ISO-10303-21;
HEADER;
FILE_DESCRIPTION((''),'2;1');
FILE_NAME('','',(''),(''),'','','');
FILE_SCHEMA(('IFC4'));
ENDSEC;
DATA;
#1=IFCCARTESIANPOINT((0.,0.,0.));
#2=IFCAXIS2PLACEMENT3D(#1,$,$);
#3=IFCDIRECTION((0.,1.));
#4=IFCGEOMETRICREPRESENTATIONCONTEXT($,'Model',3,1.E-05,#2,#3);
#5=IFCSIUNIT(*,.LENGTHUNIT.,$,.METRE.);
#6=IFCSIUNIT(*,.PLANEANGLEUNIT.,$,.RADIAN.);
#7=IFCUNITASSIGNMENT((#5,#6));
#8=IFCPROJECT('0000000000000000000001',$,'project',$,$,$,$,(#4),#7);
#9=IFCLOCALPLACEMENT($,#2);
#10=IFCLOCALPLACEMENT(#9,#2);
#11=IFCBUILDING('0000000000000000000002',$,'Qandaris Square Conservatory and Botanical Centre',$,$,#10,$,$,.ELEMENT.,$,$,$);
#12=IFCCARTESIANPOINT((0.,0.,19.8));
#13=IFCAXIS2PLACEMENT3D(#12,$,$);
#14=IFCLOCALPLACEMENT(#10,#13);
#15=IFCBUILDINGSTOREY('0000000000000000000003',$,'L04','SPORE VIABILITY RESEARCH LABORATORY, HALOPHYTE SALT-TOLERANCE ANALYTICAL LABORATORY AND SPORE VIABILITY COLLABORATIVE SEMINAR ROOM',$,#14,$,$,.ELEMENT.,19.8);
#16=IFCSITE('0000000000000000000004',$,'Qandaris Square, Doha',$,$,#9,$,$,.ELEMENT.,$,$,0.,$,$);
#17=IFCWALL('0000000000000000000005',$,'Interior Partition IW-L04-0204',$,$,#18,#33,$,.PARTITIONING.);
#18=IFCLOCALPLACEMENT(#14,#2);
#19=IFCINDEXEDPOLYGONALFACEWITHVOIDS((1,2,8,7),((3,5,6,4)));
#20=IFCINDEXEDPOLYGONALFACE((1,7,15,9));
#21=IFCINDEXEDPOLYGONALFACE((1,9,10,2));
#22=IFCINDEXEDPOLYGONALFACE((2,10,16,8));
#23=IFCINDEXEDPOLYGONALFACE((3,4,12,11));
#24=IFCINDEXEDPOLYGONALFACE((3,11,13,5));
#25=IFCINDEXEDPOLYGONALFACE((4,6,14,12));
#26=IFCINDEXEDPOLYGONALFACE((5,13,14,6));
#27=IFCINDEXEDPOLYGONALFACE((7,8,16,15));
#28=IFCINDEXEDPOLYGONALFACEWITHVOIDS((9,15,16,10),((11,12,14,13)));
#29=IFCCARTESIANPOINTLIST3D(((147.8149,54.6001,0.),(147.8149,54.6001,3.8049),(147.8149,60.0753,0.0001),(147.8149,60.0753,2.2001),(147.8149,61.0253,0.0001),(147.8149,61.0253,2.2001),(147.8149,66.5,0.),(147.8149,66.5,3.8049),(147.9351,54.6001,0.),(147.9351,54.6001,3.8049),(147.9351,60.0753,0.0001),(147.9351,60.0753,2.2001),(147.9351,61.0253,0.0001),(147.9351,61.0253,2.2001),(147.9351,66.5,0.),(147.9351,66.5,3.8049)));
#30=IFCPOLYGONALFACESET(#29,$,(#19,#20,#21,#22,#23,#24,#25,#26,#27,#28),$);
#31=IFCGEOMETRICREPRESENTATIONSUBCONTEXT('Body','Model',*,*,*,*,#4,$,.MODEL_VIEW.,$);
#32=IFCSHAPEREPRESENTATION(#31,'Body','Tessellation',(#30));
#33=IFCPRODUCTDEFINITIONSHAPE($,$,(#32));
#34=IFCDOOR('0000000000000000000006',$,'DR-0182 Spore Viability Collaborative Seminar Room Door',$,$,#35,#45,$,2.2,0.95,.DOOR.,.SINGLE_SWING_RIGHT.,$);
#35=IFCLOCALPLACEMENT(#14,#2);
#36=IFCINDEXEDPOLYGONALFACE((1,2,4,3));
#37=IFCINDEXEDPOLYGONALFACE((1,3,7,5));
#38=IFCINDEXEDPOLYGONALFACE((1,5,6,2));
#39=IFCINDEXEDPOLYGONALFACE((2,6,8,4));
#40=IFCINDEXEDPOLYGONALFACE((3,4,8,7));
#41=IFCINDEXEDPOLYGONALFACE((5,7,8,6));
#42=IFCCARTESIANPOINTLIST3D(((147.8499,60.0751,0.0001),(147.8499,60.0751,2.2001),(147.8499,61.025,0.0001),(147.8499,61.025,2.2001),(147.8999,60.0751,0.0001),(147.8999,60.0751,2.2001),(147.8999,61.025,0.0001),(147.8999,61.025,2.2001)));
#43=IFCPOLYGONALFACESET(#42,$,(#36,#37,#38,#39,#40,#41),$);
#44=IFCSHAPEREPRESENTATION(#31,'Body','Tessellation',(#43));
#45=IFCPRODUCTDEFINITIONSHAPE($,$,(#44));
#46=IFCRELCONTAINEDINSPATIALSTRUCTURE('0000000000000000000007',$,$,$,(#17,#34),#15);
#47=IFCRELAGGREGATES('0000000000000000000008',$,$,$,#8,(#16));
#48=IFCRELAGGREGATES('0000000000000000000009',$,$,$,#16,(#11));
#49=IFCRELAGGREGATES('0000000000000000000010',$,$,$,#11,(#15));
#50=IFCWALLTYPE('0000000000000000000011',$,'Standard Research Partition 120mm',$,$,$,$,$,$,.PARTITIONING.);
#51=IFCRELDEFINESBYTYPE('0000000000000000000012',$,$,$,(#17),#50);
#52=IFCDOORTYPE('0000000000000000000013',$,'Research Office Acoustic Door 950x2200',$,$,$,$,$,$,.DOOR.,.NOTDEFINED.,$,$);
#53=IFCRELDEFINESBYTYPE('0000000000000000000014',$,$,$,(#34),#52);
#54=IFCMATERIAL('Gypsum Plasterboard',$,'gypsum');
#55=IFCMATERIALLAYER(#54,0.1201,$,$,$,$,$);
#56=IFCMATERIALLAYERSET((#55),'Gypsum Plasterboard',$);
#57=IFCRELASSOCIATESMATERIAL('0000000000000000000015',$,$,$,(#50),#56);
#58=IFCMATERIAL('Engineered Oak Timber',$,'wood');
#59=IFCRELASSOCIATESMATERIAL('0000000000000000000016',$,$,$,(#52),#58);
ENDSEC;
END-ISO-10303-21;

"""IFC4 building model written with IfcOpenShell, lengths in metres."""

from ifc_helpers import new_model, si_unit, direction, frame, frame_2d, origin, place, context, subcontext, project, spatial, rectangle, extrude, material, layer, layer_set, type_object, element, fill, save


model = new_model("IFC4")

# Units and contexts
model_context = context("Model", 3, precision=1e-05, world=origin(), true_north=direction((0.0, 1.0)))
body_context = subcontext(model_context, "Body", "Model", "MODEL_VIEW")
ifc_project = project(units=[si_unit("LENGTHUNIT", "METRE"), si_unit("PLANEANGLEUNIT", "RADIAN")], contexts=[model_context])

# Site, building, storey
site_placement = place(None, origin())
site = spatial("IfcSite", under=ifc_project, at=site_placement, Name="Qandaris Square, Doha", CompositionType="ELEMENT", RefElevation=0.0)
building_placement = place(site_placement, origin())
building = spatial("IfcBuilding", under=site, at=building_placement, Name="Qandaris Square Conservatory and Botanical Centre", CompositionType="ELEMENT")
storey_placement = place(building_placement, frame((0.0, 0.0, 19.8)))
storey = spatial("IfcBuildingStorey", under=building, at=storey_placement, Name="L04", Description="SPORE VIABILITY RESEARCH LABORATORY, HALOPHYTE SALT-TOLERANCE ANALYTICAL LABORATORY AND SPORE VIABILITY COLLABORATIVE SEMINAR ROOM", CompositionType="ELEMENT", Elevation=19.8)

# Wall, opening, door
ifc_material_1 = material(Name="Gypsum Plasterboard", Category="gypsum")
ifc_layer_1 = layer(ifc_material_1, 0.1201)
ifc_layer_set_1 = layer_set([ifc_layer_1], Name="Gypsum Plasterboard")
wall_type_1 = type_object("IfcWallType", Name="Standard Research Partition 120mm", PredefinedType="PARTITIONING", material=ifc_layer_set_1)
wall_1_placement = place(storey_placement, frame((147.875, 54.6001, 0.0), z_axis=(0.0, 0.0, 1.0), x_axis=(0.0, 1.0, 0.0)))
wall_1 = element("IfcWall", 1, at=wall_1_placement, inside=storey, type_object=wall_type_1, Name="Interior Partition IW-L04-0204", PredefinedType="PARTITIONING", context=body_context, shape_type="SweptSolid", body=[
    extrude(rectangle(XDim=11.8999, YDim=0.1201, at=frame_2d((5.95, 0.0))), origin(), (0.0, 0.0, 1.0), 3.8049),
])
opening_1_placement = place(wall_1_placement, frame((5.4751, 0.0, 0.0)))
opening_1 = element("IfcOpeningElement", 2, at=opening_1_placement, cuts=wall_1, PredefinedType="OPENING", context=body_context, shape_type="SweptSolid", body=[
    extrude(rectangle(XDim=0.95, YDim=2.2, at=frame_2d((0.4751, 1.1001))), frame((0.0, 0.072, 0.0), z_axis=(0.0, -1.0, 0.0), x_axis=(1.0, 0.0, 0.0)), (0.0, 0.0, 1.0), 0.144),
])
ifc_material_2 = material(Name="Engineered Oak Timber", Category="wood")
door_type = type_object("IfcDoorType", Name="Research Office Acoustic Door 950x2200", OperationType="NOTDEFINED", PredefinedType="DOOR", material=ifc_material_2)
door_placement = place(opening_1_placement, frame((0.95, 0.0, 0.0), z_axis=(0.0, 0.0, 1.0), x_axis=(-1.0, 0.0, 0.0)))
door = element("IfcDoor", 3, at=door_placement, inside=storey, type_object=door_type, Name="DR-0182 Spore Viability Collaborative Seminar Room Door", OperationType="SINGLE_SWING_RIGHT", OverallHeight=2.2, OverallWidth=0.95, PredefinedType="DOOR", context=body_context, shape_type="SweptSolid", body=[
    extrude(rectangle(XDim=0.95, YDim=2.2, at=frame_2d((0.4751, 1.1001))), frame((0.0, 0.0249, 0.0), z_axis=(0.0, -1.0, 0.0), x_axis=(1.0, 0.0, 0.0)), (0.0, 0.0, 1.0), 0.05),
])
fill(opening_1, door)

save(model, "model.ifc")
